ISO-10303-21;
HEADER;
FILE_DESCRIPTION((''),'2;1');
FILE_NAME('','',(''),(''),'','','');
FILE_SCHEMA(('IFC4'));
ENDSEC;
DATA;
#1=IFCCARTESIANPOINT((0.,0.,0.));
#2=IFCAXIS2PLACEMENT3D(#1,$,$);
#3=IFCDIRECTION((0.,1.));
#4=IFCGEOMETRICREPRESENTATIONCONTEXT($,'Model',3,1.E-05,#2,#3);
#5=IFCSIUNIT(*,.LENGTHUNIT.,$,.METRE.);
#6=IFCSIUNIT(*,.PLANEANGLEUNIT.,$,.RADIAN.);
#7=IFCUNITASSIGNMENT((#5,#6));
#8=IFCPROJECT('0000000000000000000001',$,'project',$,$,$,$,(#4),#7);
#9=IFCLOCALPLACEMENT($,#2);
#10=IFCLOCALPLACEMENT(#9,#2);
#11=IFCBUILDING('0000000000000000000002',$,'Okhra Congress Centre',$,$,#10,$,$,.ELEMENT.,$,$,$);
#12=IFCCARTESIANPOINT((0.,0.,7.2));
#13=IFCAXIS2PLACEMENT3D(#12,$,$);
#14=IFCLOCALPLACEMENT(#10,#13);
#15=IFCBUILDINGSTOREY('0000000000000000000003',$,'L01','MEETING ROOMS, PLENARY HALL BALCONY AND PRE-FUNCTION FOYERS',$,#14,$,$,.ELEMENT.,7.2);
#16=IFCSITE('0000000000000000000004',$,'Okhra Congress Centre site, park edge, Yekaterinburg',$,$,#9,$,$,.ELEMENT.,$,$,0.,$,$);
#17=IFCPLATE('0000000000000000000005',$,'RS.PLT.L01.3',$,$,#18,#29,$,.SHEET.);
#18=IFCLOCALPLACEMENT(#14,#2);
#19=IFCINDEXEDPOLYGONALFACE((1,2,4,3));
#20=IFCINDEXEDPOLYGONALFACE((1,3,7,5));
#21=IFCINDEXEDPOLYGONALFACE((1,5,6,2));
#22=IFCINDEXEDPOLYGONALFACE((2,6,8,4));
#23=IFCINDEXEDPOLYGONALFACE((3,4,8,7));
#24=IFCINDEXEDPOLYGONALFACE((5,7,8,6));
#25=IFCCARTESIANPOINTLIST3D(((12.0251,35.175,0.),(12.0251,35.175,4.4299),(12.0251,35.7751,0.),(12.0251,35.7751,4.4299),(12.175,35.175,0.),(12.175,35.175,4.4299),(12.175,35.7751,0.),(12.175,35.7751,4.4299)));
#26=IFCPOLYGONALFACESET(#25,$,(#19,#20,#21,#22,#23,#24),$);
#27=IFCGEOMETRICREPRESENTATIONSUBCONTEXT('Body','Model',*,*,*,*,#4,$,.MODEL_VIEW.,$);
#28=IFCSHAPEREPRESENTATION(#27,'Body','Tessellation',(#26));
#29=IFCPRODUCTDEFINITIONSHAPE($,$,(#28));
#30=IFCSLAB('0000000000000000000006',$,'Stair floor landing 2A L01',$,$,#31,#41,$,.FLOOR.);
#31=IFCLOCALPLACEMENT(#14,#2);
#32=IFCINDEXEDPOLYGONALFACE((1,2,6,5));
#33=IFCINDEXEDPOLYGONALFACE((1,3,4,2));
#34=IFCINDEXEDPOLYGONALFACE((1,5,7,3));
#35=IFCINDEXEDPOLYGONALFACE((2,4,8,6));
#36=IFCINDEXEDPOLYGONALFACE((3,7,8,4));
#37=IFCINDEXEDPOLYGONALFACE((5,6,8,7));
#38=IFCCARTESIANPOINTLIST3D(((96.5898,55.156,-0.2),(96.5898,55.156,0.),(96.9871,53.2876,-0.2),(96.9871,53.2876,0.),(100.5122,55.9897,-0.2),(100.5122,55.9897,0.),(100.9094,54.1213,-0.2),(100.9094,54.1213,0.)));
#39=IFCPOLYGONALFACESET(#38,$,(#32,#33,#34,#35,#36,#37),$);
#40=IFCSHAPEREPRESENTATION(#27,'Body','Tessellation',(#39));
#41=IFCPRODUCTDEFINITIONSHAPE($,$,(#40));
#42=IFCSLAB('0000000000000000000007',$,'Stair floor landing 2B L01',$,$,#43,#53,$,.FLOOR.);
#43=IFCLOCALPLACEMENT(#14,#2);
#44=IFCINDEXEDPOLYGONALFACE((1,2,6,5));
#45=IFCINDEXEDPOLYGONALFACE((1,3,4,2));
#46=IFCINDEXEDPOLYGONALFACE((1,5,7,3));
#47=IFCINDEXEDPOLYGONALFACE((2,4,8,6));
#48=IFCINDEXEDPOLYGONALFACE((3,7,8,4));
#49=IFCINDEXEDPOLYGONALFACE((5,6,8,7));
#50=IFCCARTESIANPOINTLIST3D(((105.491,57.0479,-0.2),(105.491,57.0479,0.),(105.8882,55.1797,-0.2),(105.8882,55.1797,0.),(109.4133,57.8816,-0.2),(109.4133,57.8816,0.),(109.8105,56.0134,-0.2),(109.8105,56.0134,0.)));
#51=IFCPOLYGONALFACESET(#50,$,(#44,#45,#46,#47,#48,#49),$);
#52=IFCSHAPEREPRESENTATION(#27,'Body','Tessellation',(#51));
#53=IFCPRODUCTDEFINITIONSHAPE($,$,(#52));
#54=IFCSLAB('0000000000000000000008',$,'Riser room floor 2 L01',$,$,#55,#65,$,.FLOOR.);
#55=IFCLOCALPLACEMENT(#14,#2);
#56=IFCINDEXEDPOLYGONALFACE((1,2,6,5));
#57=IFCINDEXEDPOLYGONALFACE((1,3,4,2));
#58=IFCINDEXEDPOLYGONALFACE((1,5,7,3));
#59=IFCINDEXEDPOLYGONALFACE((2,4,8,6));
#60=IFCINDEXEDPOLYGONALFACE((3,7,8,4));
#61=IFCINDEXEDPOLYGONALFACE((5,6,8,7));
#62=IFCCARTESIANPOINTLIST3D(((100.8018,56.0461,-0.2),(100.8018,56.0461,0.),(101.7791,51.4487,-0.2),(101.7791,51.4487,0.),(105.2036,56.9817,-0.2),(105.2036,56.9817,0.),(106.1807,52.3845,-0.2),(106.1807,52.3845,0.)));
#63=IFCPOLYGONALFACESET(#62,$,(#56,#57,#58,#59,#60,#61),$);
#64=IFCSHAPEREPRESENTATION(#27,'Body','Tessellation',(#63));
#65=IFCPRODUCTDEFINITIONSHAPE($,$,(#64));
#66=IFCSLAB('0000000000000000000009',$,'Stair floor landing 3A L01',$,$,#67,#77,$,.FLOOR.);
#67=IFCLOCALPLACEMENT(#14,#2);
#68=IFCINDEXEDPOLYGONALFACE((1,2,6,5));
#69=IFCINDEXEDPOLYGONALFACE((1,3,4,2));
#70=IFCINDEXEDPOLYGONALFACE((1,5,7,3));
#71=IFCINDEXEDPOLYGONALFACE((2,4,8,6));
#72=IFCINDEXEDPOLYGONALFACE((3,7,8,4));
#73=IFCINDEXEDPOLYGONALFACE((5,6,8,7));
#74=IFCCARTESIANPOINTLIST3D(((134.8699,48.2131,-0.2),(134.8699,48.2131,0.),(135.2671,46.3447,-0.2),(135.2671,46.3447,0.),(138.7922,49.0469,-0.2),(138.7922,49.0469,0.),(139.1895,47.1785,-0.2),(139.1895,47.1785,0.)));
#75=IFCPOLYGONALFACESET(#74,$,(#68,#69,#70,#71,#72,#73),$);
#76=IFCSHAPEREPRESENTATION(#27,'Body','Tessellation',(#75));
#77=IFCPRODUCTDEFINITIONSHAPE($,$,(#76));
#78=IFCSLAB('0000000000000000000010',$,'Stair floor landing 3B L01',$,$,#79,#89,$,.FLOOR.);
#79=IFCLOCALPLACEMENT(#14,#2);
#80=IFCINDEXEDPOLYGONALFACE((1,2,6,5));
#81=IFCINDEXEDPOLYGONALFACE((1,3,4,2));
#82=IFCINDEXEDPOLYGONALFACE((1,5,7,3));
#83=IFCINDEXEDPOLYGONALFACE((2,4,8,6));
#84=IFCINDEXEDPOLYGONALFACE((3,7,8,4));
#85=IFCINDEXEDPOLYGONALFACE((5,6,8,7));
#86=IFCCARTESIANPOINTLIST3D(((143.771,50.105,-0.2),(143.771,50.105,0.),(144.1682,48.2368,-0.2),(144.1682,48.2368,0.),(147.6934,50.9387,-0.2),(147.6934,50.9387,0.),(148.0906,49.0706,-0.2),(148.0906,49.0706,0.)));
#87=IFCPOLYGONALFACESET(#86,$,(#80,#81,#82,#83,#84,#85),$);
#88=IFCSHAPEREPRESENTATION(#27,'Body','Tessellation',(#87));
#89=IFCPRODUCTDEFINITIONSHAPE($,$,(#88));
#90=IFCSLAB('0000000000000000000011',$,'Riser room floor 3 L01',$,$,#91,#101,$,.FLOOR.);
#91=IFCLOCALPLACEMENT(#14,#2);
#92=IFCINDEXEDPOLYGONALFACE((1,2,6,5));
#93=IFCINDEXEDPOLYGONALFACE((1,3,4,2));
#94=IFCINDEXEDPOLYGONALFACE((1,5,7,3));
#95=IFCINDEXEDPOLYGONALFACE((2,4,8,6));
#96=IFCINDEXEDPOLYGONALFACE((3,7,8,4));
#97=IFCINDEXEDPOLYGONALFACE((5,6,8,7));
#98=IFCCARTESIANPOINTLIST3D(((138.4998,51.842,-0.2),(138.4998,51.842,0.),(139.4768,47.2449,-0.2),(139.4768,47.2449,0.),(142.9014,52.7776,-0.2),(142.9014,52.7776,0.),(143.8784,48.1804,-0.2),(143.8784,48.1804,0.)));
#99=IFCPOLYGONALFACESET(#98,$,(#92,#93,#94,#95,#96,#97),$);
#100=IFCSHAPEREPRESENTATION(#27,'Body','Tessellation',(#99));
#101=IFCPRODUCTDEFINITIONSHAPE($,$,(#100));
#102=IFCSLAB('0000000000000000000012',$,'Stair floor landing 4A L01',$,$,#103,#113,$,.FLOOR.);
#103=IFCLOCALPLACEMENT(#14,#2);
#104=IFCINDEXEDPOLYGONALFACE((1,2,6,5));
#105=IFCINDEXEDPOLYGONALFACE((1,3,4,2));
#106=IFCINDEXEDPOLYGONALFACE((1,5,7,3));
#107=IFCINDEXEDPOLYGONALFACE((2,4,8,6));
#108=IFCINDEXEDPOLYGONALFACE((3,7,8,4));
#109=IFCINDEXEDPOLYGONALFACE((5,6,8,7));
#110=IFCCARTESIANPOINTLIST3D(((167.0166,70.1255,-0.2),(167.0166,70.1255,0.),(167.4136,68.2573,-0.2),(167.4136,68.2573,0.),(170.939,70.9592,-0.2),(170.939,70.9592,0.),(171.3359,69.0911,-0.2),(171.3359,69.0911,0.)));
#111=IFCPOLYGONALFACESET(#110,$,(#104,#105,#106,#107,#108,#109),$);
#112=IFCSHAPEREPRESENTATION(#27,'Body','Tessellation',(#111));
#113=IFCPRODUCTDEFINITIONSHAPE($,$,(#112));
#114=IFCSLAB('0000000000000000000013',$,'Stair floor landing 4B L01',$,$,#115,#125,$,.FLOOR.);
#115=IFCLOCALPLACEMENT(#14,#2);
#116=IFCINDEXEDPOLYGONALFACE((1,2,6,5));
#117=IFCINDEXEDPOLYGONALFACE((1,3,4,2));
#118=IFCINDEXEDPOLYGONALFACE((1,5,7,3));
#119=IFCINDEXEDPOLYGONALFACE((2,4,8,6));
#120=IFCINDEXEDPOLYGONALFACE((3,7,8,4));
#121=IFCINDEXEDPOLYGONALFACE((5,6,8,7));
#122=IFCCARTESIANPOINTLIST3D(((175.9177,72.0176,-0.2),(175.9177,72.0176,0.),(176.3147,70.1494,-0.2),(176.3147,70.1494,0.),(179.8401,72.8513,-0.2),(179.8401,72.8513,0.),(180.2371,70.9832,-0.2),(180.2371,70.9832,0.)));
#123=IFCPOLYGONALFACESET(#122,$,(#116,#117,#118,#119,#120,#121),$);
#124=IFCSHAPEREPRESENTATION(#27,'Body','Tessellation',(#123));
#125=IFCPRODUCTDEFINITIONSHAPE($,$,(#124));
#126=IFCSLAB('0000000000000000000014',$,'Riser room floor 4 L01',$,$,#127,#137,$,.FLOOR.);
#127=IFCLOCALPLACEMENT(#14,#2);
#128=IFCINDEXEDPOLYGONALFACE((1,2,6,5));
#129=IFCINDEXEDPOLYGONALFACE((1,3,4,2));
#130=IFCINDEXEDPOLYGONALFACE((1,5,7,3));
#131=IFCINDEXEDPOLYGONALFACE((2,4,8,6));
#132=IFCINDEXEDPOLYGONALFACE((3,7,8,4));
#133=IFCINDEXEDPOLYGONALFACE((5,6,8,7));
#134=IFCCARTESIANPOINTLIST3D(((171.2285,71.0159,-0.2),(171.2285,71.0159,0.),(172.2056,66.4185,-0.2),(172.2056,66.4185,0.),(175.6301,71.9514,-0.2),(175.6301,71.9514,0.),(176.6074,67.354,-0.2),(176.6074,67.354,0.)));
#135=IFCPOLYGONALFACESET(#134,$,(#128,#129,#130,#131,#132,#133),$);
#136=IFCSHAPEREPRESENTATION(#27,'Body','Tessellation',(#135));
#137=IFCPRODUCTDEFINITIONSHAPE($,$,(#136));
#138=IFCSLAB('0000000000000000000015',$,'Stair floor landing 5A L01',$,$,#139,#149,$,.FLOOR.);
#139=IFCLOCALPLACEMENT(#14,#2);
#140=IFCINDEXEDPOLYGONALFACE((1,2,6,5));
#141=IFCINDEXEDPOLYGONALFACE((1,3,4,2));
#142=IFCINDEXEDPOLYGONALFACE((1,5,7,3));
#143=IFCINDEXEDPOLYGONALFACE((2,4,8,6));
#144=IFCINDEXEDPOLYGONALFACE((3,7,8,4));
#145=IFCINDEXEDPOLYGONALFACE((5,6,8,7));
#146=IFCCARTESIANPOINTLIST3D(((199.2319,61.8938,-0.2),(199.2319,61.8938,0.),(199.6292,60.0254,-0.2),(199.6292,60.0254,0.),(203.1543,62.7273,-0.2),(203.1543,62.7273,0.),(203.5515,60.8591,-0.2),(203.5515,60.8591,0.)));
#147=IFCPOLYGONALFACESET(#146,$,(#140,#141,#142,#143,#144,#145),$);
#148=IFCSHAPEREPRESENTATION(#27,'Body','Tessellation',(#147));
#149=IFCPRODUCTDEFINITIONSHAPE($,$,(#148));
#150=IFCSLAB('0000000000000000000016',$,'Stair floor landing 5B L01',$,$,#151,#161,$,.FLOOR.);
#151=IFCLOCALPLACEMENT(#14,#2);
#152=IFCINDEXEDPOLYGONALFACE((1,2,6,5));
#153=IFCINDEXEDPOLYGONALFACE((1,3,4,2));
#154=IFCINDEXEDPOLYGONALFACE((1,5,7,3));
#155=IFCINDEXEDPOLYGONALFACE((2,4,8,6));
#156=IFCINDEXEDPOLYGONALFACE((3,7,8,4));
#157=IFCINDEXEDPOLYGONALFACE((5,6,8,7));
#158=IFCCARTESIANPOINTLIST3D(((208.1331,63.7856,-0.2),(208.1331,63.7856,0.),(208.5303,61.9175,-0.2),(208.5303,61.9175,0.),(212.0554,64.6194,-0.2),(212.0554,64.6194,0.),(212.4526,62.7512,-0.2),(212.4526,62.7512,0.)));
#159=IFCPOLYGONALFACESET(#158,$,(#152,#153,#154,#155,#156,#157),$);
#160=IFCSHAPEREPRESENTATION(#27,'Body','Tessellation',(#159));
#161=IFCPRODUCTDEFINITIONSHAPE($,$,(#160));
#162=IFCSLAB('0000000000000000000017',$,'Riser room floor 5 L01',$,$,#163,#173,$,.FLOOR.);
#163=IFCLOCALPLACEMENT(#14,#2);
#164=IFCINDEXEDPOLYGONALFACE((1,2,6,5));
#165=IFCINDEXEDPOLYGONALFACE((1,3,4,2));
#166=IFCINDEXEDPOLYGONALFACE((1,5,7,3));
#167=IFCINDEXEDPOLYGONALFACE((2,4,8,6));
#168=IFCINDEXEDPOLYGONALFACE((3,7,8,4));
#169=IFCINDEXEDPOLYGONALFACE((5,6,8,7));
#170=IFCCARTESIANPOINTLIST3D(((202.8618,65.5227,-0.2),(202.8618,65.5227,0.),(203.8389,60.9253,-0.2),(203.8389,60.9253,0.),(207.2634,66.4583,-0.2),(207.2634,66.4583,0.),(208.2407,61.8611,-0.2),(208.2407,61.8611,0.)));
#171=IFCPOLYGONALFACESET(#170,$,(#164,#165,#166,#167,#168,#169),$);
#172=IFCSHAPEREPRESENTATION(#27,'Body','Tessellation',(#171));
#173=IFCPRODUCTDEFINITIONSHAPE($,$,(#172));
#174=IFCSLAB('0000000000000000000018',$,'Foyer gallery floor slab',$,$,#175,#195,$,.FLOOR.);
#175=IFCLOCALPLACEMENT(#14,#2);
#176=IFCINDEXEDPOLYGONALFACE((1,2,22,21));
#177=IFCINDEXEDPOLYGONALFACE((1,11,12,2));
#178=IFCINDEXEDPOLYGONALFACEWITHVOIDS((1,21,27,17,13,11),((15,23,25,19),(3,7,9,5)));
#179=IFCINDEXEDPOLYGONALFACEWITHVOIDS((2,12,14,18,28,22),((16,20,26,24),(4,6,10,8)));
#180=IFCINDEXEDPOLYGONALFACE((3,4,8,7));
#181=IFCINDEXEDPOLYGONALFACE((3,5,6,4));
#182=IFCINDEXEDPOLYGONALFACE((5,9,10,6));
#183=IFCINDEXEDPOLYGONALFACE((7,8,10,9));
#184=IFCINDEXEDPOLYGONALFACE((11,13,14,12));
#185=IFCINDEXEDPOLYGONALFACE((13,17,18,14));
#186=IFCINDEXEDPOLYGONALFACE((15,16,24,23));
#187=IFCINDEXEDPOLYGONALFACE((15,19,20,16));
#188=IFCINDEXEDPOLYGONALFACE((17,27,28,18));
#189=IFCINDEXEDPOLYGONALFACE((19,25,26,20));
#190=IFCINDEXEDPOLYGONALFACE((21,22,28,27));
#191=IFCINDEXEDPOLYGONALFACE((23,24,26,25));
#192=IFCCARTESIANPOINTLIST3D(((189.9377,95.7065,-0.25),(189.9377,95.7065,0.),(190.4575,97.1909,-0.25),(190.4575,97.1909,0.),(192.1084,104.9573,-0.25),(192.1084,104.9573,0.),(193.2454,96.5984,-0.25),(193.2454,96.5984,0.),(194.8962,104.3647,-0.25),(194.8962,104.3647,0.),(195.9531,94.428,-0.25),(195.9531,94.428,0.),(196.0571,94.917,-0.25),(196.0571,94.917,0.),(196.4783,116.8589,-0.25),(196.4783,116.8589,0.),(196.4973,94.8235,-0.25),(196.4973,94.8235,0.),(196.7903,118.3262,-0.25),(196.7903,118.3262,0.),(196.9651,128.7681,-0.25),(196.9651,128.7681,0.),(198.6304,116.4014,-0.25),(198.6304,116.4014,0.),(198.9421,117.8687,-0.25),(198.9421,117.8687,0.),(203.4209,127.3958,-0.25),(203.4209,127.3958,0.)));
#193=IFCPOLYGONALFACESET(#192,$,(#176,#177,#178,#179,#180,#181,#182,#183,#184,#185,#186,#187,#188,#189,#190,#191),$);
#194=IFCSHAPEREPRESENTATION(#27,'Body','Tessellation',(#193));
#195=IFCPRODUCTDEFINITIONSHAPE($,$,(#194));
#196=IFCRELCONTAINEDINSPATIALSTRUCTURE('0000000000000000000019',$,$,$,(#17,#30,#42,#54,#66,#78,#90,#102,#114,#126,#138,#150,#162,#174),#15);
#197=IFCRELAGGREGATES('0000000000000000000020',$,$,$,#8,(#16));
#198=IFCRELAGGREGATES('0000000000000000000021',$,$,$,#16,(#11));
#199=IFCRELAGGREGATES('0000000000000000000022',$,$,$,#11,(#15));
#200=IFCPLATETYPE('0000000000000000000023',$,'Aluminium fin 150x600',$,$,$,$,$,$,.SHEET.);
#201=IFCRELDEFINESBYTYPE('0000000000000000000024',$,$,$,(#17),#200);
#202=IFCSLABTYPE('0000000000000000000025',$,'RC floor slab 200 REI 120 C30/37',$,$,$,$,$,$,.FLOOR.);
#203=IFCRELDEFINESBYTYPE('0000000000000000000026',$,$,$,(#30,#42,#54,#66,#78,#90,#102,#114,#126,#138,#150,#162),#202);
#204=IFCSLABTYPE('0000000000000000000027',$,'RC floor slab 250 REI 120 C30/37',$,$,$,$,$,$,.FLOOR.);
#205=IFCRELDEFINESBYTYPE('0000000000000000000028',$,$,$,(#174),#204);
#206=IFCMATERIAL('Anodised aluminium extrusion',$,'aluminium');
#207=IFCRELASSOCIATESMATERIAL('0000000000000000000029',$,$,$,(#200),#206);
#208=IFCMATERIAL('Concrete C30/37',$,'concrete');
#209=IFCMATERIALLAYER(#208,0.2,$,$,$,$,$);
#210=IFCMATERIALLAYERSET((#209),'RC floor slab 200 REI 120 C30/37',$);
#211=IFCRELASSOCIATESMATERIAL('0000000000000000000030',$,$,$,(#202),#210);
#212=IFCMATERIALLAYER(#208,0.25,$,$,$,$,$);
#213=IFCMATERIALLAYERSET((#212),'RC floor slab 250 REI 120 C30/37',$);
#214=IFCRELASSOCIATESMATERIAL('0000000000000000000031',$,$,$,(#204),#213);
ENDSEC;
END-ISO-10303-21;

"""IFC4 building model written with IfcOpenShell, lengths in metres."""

from ifc_helpers import new_model, si_unit, direction, frame, origin, origin_2d, place, context, subcontext, project, spatial, polyline, rectangle, outline, extrude, material, layer, layer_set, type_object, element, save


model = new_model("IFC4")

# Units and contexts
model_context = context("Model", 3, precision=1e-05, world=origin(), true_north=direction((0.0, 1.0)))
body_context = subcontext(model_context, "Body", "Model", "MODEL_VIEW")
ifc_project = project(units=[si_unit("LENGTHUNIT", "METRE"), si_unit("PLANEANGLEUNIT", "RADIAN")], contexts=[model_context])

# Site, building, storey
site_placement = place(None, origin())
site = spatial("IfcSite", under=ifc_project, at=site_placement, Name="Okhra Congress Centre site, park edge, Yekaterinburg", CompositionType="ELEMENT", RefElevation=0.0)
building_placement = place(site_placement, origin())
building = spatial("IfcBuilding", under=site, at=building_placement, Name="Okhra Congress Centre", CompositionType="ELEMENT")
storey_placement = place(building_placement, frame((0.0, 0.0, 7.2)))
storey = spatial("IfcBuildingStorey", under=building, at=storey_placement, Name="L01", Description="MEETING ROOMS, PLENARY HALL BALCONY AND PRE-FUNCTION FOYERS", CompositionType="ELEMENT", Elevation=7.2)

# Plate
ifc_material_1 = material(Name="Anodised aluminium extrusion", Category="aluminium")
plate_type = type_object("IfcPlateType", Name="Aluminium fin 150x600", PredefinedType="SHEET", material=ifc_material_1)
for number, where, z_axis, x_axis, name in (
    (1, (12.1001, 35.4751, 0.0), (0.0, 0.0, 1.0), (1.0, 0.0, 0.0), "RS.PLT.L01.3"),
):
    element("IfcPlate", number, at=place(storey_placement, frame(where, z_axis=z_axis, x_axis=x_axis)), inside=storey, type_object=plate_type, Name=name, PredefinedType="SHEET", context=body_context, shape_type="SweptSolid", body=[
        extrude(rectangle(XDim=0.1499, YDim=0.6001, at=origin_2d()), origin(), (0.0, 0.0, 1.0), 4.4299),
    ])

# Slabs
ifc_material_2 = material(Name="Concrete C30/37", Category="concrete")
ifc_layer_1 = layer(ifc_material_2, 0.2)
ifc_layer_set_1 = layer_set([ifc_layer_1], Name="RC floor slab 200 REI 120 C30/37")
slab_type_1 = type_object("IfcSlabType", Name="RC floor slab 200 REI 120 C30/37", PredefinedType="FLOOR", material=ifc_layer_set_1)
slab_1_placement = place(storey_placement, frame((0.0, 0.0, -0.2)))
element("IfcSlab", 2, at=slab_1_placement, inside=storey, type_object=slab_type_1, Name="Stair floor landing 2A L01", PredefinedType="FLOOR", context=body_context, shape_type="SweptSolid", body=[
    extrude(outline(polyline([(96.5898, 55.156), (100.5122, 55.9897), (100.9094, 54.1213), (96.9871, 53.2876), (96.5898, 55.156)])), origin(), (0.0, 0.0, 1.0), 0.2),
])
slab_2_placement = place(storey_placement, frame((0.0, 0.0, -0.2)))
element("IfcSlab", 3, at=slab_2_placement, inside=storey, type_object=slab_type_1, Name="Stair floor landing 2B L01", PredefinedType="FLOOR", context=body_context, shape_type="SweptSolid", body=[
    extrude(outline(polyline([(105.491, 57.0479), (109.4133, 57.8816), (109.8105, 56.0134), (105.8882, 55.1797), (105.491, 57.0479)])), origin(), (0.0, 0.0, 1.0), 0.2),
])
slab_3_placement = place(storey_placement, frame((0.0, 0.0, -0.2)))
element("IfcSlab", 4, at=slab_3_placement, inside=storey, type_object=slab_type_1, Name="Riser room floor 2 L01", PredefinedType="FLOOR", context=body_context, shape_type="SweptSolid", body=[
    extrude(outline(polyline([(101.7791, 51.4487), (106.1807, 52.3845), (105.2036, 56.9817), (100.8018, 56.0461), (101.7791, 51.4487)])), origin(), (0.0, 0.0, 1.0), 0.2),
])
slab_4_placement = place(storey_placement, frame((0.0, 0.0, -0.2)))
element("IfcSlab", 5, at=slab_4_placement, inside=storey, type_object=slab_type_1, Name="Stair floor landing 3A L01", PredefinedType="FLOOR", context=body_context, shape_type="SweptSolid", body=[
    extrude(outline(polyline([(139.1895, 47.1785), (135.2671, 46.3447), (134.8699, 48.2131), (138.7922, 49.0469), (139.1895, 47.1785)])), origin(), (0.0, 0.0, 1.0), 0.2),
])
slab_5_placement = place(storey_placement, frame((0.0, 0.0, -0.2)))
element("IfcSlab", 6, at=slab_5_placement, inside=storey, type_object=slab_type_1, Name="Stair floor landing 3B L01", PredefinedType="FLOOR", context=body_context, shape_type="SweptSolid", body=[
    extrude(outline(polyline([(148.0906, 49.0706), (144.1682, 48.2368), (143.771, 50.105), (147.6934, 50.9387), (148.0906, 49.0706)])), origin(), (0.0, 0.0, 1.0), 0.2),
])
slab_6_placement = place(storey_placement, frame((0.0, 0.0, -0.2)))
element("IfcSlab", 7, at=slab_6_placement, inside=storey, type_object=slab_type_1, Name="Riser room floor 3 L01", PredefinedType="FLOOR", context=body_context, shape_type="SweptSolid", body=[
    extrude(outline(polyline([(139.4768, 47.2449), (143.8784, 48.1804), (142.9014, 52.7776), (138.4998, 51.842), (139.4768, 47.2449)])), origin(), (0.0, 0.0, 1.0), 0.2),
])
slab_7_placement = place(storey_placement, frame((0.0, 0.0, -0.2)))
element("IfcSlab", 8, at=slab_7_placement, inside=storey, type_object=slab_type_1, Name="Stair floor landing 4A L01", PredefinedType="FLOOR", context=body_context, shape_type="SweptSolid", body=[
    extrude(outline(polyline([(167.0166, 70.1255), (170.939, 70.9592), (171.3359, 69.0911), (167.4136, 68.2573), (167.0166, 70.1255)])), origin(), (0.0, 0.0, 1.0), 0.2),
])
slab_8_placement = place(storey_placement, frame((0.0, 0.0, -0.2)))
element("IfcSlab", 9, at=slab_8_placement, inside=storey, type_object=slab_type_1, Name="Stair floor landing 4B L01", PredefinedType="FLOOR", context=body_context, shape_type="SweptSolid", body=[
    extrude(outline(polyline([(175.9177, 72.0176), (179.8401, 72.8513), (180.2371, 70.9832), (176.3147, 70.1494), (175.9177, 72.0176)])), origin(), (0.0, 0.0, 1.0), 0.2),
])
slab_9_placement = place(storey_placement, frame((0.0, 0.0, -0.2)))
element("IfcSlab", 10, at=slab_9_placement, inside=storey, type_object=slab_type_1, Name="Riser room floor 4 L01", PredefinedType="FLOOR", context=body_context, shape_type="SweptSolid", body=[
    extrude(outline(polyline([(172.2056, 66.4185), (176.6074, 67.354), (175.6301, 71.9514), (171.2285, 71.0159), (172.2056, 66.4185)])), origin(), (0.0, 0.0, 1.0), 0.2),
])
slab_10_placement = place(storey_placement, frame((0.0, 0.0, -0.2)))
element("IfcSlab", 11, at=slab_10_placement, inside=storey, type_object=slab_type_1, Name="Stair floor landing 5A L01", PredefinedType="FLOOR", context=body_context, shape_type="SweptSolid", body=[
    extrude(outline(polyline([(203.5515, 60.8591), (199.6292, 60.0254), (199.2319, 61.8938), (203.1543, 62.7273), (203.5515, 60.8591)])), origin(), (0.0, 0.0, 1.0), 0.2),
])
slab_11_placement = place(storey_placement, frame((0.0, 0.0, -0.2)))
element("IfcSlab", 12, at=slab_11_placement, inside=storey, type_object=slab_type_1, Name="Stair floor landing 5B L01", PredefinedType="FLOOR", context=body_context, shape_type="SweptSolid", body=[
    extrude(outline(polyline([(212.4526, 62.7512), (208.5303, 61.9175), (208.1331, 63.7856), (212.0554, 64.6194), (212.4526, 62.7512)])), origin(), (0.0, 0.0, 1.0), 0.2),
])
slab_12_placement = place(storey_placement, frame((0.0, 0.0, -0.2)))
element("IfcSlab", 13, at=slab_12_placement, inside=storey, type_object=slab_type_1, Name="Riser room floor 5 L01", PredefinedType="FLOOR", context=body_context, shape_type="SweptSolid", body=[
    extrude(outline(polyline([(203.8389, 60.9253), (208.2407, 61.8611), (207.2634, 66.4583), (202.8618, 65.5227), (203.8389, 60.9253)])), origin(), (0.0, 0.0, 1.0), 0.2),
])
ifc_layer_2 = layer(ifc_material_2, 0.25)
ifc_layer_set_2 = layer_set([ifc_layer_2], Name="RC floor slab 250 REI 120 C30/37")
slab_type_2 = type_object("IfcSlabType", Name="RC floor slab 250 REI 120 C30/37", PredefinedType="FLOOR", material=ifc_layer_set_2)
slab_13_placement = place(storey_placement, frame((0.0, 0.0, -0.25)))
element("IfcSlab", 14, at=slab_13_placement, inside=storey, type_object=slab_type_2, Name="Foyer gallery floor slab", PredefinedType="FLOOR", context=body_context, shape_type="SweptSolid", body=[
    extrude(outline(polyline([(189.9377, 95.7065), (195.9531, 94.428), (196.0571, 94.917), (196.4973, 94.8235), (203.4209, 127.3958), (196.9651, 128.7681), (189.9377, 95.7065)]), holes=[polyline([(193.2454, 96.5984), (194.8962, 104.3647), (192.1084, 104.9573), (190.4575, 97.1909), (193.2454, 96.5984)]), polyline([(196.4783, 116.8589), (198.6304, 116.4014), (198.9421, 117.8687), (196.7903, 118.3262), (196.4783, 116.8589)])]), origin(), (0.0, 0.0, 1.0), 0.25),
])

save(model, "model.ifc")
